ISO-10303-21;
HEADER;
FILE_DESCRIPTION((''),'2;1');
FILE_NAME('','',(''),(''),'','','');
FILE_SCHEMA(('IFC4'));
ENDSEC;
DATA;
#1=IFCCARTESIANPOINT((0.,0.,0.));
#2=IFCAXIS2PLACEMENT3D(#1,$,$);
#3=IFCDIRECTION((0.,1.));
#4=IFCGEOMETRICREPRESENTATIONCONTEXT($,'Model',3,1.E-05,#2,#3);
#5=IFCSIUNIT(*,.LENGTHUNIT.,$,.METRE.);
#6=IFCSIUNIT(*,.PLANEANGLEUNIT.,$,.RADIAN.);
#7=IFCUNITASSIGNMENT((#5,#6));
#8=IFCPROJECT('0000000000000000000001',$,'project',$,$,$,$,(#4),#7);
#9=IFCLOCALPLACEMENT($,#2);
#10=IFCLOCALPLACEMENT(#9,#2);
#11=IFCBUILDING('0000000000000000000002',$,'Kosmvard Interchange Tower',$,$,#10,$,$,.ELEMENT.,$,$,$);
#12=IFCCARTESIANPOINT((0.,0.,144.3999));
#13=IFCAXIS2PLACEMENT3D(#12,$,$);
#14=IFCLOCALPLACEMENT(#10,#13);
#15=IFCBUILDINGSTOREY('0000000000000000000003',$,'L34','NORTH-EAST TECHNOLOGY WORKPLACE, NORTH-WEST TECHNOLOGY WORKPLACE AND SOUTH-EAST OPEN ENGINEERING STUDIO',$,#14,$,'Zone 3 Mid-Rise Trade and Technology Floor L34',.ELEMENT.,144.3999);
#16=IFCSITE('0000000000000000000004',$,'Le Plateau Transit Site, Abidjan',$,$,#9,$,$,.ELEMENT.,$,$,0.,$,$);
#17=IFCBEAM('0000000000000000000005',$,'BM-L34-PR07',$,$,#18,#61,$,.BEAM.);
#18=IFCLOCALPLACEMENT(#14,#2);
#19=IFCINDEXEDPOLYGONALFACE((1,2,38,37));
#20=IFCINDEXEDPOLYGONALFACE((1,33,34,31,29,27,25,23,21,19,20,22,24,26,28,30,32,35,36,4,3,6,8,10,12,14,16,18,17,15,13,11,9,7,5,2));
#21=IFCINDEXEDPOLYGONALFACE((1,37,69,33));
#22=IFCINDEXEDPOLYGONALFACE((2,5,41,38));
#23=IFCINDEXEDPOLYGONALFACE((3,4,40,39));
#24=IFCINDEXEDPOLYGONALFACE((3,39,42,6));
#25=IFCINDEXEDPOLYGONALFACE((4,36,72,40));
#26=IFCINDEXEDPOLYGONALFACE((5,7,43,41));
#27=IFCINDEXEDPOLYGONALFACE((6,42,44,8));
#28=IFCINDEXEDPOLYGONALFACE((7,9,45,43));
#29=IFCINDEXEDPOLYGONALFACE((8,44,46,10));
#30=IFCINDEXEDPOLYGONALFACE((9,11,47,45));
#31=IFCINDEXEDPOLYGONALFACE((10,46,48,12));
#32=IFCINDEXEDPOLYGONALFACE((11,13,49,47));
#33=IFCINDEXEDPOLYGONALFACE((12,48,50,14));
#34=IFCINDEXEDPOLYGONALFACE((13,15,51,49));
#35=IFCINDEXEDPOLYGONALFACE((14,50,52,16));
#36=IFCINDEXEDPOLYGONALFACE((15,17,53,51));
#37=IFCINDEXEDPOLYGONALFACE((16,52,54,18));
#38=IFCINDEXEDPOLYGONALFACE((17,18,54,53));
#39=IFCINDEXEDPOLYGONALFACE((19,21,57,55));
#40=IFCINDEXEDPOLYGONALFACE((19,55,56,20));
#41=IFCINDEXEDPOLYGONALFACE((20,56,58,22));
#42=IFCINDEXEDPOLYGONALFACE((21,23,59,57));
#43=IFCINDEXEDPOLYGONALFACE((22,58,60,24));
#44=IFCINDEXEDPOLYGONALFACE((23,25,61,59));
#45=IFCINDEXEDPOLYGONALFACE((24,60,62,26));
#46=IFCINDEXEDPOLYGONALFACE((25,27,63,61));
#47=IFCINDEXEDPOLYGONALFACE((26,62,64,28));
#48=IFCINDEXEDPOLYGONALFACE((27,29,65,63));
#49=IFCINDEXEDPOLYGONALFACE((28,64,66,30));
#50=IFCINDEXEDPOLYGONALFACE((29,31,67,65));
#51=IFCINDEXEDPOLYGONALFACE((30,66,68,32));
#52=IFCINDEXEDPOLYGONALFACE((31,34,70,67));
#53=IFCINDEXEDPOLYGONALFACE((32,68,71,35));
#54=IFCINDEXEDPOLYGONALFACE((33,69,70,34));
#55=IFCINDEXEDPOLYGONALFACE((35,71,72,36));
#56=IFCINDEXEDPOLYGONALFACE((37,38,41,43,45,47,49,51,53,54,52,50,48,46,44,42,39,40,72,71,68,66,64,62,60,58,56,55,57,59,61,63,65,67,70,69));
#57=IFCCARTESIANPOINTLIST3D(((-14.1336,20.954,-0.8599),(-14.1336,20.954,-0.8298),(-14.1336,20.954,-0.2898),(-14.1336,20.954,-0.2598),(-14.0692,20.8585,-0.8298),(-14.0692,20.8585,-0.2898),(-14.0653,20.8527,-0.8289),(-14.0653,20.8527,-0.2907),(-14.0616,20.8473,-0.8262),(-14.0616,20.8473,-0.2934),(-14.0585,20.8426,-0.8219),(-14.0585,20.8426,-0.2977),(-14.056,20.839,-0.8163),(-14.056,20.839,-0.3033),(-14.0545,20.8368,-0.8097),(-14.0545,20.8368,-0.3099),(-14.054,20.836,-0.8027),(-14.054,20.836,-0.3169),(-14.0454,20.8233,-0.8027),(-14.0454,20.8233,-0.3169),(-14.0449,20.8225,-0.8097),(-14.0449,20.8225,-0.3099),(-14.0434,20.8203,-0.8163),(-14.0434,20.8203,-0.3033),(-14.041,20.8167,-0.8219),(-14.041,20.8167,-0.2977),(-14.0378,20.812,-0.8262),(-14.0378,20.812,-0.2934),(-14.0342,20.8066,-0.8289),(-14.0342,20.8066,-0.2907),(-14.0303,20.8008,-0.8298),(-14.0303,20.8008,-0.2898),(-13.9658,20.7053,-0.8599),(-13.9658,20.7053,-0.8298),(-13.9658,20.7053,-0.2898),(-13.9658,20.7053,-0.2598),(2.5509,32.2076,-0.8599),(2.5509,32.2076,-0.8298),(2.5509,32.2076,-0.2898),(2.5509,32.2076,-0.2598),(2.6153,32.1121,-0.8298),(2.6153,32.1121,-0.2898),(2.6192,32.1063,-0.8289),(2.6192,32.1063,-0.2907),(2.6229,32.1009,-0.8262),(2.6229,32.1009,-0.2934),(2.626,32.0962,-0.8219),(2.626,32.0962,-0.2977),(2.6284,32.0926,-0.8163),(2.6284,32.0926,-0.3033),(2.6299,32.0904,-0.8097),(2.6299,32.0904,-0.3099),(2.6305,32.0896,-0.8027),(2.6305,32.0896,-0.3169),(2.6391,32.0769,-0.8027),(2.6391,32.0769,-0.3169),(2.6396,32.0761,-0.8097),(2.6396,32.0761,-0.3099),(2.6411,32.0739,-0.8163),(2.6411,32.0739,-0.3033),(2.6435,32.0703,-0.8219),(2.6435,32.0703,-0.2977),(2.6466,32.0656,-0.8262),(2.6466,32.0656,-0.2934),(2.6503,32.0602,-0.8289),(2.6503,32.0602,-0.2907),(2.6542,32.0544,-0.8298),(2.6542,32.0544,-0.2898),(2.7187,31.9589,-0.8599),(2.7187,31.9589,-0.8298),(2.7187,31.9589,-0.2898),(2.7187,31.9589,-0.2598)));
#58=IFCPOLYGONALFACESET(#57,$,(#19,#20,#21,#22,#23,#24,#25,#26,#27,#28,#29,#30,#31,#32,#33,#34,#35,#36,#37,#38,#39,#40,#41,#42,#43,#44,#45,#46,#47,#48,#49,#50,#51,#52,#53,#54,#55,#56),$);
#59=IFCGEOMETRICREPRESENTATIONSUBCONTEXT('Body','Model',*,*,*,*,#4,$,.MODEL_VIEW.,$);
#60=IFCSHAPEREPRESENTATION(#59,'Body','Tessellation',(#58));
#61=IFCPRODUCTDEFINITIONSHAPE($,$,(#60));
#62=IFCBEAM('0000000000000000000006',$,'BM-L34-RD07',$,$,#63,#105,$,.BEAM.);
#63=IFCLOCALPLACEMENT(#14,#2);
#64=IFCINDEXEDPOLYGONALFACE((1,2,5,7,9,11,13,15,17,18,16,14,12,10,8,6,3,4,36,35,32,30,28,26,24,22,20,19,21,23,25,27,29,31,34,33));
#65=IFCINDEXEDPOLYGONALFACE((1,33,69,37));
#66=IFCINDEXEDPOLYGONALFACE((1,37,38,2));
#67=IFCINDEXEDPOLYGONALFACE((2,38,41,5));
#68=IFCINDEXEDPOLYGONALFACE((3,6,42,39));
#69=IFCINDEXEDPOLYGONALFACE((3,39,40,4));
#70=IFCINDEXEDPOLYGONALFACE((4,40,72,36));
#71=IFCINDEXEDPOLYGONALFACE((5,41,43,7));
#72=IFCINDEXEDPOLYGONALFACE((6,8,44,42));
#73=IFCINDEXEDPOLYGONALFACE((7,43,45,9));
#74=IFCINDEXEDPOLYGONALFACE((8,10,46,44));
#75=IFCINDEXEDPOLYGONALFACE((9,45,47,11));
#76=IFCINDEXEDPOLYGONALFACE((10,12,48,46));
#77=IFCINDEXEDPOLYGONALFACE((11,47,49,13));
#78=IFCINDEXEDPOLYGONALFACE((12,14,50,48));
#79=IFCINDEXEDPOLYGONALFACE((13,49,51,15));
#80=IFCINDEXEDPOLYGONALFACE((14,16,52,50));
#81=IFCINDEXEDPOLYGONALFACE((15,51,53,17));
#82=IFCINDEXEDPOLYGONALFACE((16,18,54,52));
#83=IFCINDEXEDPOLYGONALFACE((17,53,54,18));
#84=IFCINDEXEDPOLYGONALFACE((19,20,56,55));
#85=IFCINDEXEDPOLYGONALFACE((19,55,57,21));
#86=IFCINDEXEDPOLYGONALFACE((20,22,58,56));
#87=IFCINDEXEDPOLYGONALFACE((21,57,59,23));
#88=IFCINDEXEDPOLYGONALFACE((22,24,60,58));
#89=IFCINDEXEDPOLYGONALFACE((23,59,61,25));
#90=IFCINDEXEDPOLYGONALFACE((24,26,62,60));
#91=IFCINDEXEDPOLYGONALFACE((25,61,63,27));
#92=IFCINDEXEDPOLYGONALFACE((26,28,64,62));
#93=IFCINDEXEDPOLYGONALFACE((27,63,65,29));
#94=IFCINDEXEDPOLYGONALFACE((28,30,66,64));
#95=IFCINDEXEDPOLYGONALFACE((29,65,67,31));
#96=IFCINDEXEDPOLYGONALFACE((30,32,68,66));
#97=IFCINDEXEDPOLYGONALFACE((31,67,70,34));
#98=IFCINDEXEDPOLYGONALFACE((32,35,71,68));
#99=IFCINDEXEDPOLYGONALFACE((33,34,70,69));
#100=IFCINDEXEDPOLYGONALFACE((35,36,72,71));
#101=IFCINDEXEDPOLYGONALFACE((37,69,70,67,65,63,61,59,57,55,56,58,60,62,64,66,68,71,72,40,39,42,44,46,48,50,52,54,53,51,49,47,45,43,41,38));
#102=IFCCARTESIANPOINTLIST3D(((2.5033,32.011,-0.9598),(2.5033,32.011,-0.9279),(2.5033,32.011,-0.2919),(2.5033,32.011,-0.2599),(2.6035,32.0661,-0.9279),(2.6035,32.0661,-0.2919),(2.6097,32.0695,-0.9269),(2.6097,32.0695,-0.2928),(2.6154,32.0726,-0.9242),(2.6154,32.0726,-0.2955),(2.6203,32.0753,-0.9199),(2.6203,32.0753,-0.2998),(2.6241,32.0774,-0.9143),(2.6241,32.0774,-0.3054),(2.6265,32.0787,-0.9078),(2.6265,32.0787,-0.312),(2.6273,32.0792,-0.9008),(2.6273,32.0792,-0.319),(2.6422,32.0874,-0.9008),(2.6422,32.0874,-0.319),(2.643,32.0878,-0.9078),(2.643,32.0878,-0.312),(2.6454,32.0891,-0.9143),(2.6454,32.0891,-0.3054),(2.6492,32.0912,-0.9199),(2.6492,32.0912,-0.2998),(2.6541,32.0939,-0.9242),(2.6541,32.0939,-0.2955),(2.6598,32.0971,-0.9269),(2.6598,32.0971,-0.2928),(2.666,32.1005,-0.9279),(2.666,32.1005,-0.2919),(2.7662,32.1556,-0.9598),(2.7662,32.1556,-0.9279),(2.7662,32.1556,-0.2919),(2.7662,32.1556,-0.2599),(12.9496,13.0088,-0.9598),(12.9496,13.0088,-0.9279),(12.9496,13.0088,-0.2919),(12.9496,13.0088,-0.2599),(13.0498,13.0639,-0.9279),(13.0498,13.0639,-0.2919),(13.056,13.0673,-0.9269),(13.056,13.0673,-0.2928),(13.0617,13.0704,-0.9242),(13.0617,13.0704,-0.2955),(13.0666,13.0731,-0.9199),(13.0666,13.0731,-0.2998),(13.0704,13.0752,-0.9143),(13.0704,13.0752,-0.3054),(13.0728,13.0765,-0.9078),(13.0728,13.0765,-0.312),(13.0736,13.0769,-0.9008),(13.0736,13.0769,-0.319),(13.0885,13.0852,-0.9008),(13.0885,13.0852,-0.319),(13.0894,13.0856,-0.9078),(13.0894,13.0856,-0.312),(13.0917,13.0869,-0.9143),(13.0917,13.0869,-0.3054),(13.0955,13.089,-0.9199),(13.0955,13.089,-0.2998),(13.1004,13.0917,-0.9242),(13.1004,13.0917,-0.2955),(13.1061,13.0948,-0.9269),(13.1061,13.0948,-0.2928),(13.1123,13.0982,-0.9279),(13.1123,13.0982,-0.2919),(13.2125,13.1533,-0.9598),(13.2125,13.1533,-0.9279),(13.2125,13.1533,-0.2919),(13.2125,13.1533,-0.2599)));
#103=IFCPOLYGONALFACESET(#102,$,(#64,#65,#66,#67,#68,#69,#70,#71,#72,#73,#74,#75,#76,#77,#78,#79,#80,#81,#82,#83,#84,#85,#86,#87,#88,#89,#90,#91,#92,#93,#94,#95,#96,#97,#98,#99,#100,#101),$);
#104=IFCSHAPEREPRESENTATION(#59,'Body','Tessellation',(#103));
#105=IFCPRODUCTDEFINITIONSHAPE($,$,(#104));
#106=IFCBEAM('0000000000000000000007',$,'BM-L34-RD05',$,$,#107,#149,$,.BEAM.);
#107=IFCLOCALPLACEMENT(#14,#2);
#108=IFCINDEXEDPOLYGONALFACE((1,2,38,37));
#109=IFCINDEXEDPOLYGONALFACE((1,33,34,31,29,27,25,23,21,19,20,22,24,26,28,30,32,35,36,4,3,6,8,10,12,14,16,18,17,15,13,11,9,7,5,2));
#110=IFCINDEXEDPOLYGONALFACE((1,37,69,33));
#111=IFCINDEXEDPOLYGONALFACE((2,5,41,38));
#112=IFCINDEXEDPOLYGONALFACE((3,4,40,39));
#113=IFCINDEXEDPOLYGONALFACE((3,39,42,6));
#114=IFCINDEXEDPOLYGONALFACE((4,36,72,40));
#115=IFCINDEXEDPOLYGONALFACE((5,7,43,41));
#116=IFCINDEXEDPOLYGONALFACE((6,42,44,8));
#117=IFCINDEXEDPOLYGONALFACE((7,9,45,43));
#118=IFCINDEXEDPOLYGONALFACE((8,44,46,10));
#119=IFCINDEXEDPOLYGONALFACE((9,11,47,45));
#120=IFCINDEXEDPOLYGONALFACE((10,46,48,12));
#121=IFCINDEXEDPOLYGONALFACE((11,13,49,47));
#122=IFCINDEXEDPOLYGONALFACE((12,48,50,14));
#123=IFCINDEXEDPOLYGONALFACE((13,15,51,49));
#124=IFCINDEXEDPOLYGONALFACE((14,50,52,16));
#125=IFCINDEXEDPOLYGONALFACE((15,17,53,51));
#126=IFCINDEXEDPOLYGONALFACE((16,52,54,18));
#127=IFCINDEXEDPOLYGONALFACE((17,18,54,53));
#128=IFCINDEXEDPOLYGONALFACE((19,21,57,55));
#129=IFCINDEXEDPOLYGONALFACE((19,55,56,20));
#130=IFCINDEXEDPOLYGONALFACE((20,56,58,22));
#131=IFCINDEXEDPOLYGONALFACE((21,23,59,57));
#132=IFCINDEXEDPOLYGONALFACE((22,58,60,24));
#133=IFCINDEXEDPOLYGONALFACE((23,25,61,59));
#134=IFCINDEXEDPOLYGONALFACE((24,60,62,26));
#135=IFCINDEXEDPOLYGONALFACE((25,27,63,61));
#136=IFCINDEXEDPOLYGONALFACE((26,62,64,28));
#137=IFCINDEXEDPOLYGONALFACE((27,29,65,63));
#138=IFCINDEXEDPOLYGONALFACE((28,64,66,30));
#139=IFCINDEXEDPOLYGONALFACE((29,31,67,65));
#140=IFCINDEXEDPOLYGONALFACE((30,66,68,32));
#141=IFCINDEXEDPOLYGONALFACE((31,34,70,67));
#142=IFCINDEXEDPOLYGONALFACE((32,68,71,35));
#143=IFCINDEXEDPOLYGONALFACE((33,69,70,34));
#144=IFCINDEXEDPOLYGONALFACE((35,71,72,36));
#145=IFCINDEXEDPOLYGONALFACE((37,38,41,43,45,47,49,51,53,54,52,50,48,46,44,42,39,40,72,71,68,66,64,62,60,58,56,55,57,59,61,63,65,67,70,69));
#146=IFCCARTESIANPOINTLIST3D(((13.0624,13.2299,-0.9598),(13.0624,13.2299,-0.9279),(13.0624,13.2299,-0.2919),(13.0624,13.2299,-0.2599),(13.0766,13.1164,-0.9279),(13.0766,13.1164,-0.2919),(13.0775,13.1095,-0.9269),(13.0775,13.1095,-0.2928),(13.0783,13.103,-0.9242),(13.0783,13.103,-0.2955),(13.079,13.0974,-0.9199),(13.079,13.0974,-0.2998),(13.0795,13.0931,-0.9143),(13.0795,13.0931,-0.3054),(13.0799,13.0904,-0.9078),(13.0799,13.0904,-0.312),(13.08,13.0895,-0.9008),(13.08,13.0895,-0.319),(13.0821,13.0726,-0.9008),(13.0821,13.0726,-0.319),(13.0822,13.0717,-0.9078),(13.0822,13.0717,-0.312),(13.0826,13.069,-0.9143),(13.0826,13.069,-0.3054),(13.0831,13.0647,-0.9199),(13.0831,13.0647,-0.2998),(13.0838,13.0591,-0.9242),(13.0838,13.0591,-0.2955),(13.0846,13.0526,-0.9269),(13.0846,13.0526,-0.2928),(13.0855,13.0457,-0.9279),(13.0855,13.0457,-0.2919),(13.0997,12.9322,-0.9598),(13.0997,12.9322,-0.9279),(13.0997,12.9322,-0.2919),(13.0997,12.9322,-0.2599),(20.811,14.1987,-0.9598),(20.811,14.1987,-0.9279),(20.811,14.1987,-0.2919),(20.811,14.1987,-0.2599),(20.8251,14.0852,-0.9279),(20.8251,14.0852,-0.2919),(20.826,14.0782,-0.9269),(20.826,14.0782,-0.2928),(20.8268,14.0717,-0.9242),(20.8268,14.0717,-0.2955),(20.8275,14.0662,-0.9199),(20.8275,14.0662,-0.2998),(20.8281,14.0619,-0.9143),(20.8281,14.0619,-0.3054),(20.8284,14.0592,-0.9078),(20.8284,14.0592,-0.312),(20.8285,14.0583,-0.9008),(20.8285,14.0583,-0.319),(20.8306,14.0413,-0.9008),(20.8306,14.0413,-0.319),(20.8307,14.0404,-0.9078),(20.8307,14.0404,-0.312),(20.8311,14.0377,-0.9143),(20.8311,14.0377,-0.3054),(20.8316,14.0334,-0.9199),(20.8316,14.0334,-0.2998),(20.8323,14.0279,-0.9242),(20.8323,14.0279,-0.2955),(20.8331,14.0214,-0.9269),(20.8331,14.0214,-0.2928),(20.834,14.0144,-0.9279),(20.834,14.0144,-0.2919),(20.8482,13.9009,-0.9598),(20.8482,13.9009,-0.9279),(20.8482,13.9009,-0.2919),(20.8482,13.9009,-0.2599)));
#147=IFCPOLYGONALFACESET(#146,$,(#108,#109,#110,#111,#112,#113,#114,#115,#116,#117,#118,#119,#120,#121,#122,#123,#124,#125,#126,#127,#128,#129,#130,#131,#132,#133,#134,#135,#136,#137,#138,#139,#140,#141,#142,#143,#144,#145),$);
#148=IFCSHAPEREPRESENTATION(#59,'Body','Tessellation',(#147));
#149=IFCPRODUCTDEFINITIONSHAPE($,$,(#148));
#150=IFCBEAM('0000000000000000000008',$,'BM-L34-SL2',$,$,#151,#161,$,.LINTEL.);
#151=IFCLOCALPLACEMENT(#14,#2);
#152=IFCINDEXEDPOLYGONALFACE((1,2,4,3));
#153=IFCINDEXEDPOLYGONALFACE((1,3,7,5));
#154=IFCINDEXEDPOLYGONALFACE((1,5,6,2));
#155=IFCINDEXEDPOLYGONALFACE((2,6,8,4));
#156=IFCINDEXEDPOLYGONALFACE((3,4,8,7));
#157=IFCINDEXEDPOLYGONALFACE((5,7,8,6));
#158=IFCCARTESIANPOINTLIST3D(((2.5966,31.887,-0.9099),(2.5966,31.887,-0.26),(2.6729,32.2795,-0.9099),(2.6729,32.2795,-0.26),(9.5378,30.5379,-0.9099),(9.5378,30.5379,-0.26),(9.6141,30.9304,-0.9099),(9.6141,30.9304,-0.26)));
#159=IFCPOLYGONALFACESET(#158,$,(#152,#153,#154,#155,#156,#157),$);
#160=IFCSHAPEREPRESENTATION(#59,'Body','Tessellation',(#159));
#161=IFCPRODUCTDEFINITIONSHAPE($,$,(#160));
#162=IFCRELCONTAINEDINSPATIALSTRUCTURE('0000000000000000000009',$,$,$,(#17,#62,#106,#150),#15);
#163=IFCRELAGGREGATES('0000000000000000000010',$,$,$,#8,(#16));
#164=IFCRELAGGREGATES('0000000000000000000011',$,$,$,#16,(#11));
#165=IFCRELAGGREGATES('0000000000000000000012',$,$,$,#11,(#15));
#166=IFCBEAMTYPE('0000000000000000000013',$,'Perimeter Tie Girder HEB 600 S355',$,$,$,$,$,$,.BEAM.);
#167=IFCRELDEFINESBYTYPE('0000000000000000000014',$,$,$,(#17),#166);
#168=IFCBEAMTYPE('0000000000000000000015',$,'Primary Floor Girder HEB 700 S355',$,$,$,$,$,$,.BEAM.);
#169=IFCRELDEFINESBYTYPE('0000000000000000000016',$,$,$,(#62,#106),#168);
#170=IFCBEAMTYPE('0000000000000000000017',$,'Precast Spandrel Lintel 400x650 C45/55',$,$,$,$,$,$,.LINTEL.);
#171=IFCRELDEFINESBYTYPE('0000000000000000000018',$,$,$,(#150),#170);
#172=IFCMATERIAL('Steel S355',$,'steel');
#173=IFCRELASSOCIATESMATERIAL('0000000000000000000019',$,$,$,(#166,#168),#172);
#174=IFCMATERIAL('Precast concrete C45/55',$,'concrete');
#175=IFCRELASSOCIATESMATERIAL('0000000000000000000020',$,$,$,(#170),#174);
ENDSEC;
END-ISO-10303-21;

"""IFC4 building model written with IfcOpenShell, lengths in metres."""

from ifc_helpers import new_model, si_unit, direction, frame, origin, origin_2d, place, context, subcontext, project, spatial, rectangle, i_section, extrude, source, transform, mapped, material, material_profile, profile_set, type_object, element, save


model = new_model("IFC4")

# Units and contexts
model_context = context("Model", 3, precision=1e-05, world=origin(), true_north=direction((0.0, 1.0)))
body_context = subcontext(model_context, "Body", "Model", "MODEL_VIEW")
ifc_project = project(units=[si_unit("LENGTHUNIT", "METRE"), si_unit("PLANEANGLEUNIT", "RADIAN")], contexts=[model_context])

# Site, building, storey
site_placement = place(None, origin())
site = spatial("IfcSite", under=ifc_project, at=site_placement, Name="Le Plateau Transit Site, Abidjan", CompositionType="ELEMENT", RefElevation=0.0)
building_placement = place(site_placement, origin())
building = spatial("IfcBuilding", under=site, at=building_placement, Name="Kosmvard Interchange Tower", CompositionType="ELEMENT")
storey_placement = place(building_placement, frame((0.0, 0.0, 144.3999)))
storey = spatial("IfcBuildingStorey", under=building, at=storey_placement, Name="L34", Description="NORTH-EAST TECHNOLOGY WORKPLACE, NORTH-WEST TECHNOLOGY WORKPLACE AND SOUTH-EAST OPEN ENGINEERING STUDIO", LongName="Zone 3 Mid-Rise Trade and Technology Floor L34", CompositionType="ELEMENT", Elevation=144.3999)

# Beams
ifc_material_1 = material(Name="Steel S355", Category="steel")
ifc_material_profile_1 = material_profile(ifc_material_1, i_section(OverallWidth=0.3, OverallDepth=0.6001, WebThickness=0.0154, FlangeThickness=0.03, FilletRadius=0.0271, at=origin_2d()), Name="HEB 600")
ifc_profile_set_1 = profile_set([ifc_material_profile_1], Name="Steel S355")
beam_type_1 = type_object("IfcBeamType", Name="Perimeter Tie Girder HEB 600 S355", PredefinedType="BEAM", material=ifc_profile_set_1)
shared_shape_1 = source(origin(), body_context, "Body", "SweptSolid", [
    extrude(i_section(OverallWidth=0.3, OverallDepth=0.6001, WebThickness=0.0154, FlangeThickness=0.03, FilletRadius=0.0271, at=origin_2d()), origin(), (0.0, 0.0, 1.0), 20.125),
])
for number, where, z_axis, x_axis, name in (
    (1, (2.6348, 32.0833, -0.5598), (-0.829043, -0.559185, 0.0), (0.559185, -0.829043, 0.0), "BM-L34-PR07"),
):
    element("IfcBeam", number, at=place(storey_placement, frame(where, z_axis=z_axis, x_axis=x_axis)), inside=storey, type_object=beam_type_1, Name=name, PredefinedType="BEAM", context=body_context, shape_type="MappedRepresentation", body=[
        mapped(shared_shape_1, transform((0.0, 0.0, 0.0), scale=1.0)),
    ])
ifc_material_profile_2 = material_profile(ifc_material_1, i_section(OverallWidth=0.3, OverallDepth=0.7, WebThickness=0.0171, FlangeThickness=0.032, FilletRadius=0.0271, at=origin_2d()), Name="HEB 700")
ifc_profile_set_2 = profile_set([ifc_material_profile_2], Name="Steel S355")
beam_type_2 = type_object("IfcBeamType", Name="Primary Floor Girder HEB 700 S355", PredefinedType="BEAM", material=ifc_profile_set_2)
shared_shape_2 = source(origin(), body_context, "Body", "SweptSolid", [
    extrude(i_section(OverallWidth=0.3, OverallDepth=0.7, WebThickness=0.0171, FlangeThickness=0.032, FilletRadius=0.0271, at=origin_2d()), origin(), (0.0, 0.0, 1.0), 21.6843),
])
beam_1_placement = place(storey_placement, frame((13.0811, 13.0811, -0.6099), z_axis=(-0.481745, 0.876312, 0.0), x_axis=(-0.876312, -0.481745, 0.0)))
element("IfcBeam", 2, at=beam_1_placement, inside=storey, type_object=beam_type_2, Name="BM-L34-RD07", PredefinedType="BEAM", context=body_context, shape_type="MappedRepresentation", body=[
    mapped(shared_shape_2, transform((0.0, 0.0, 0.0), scale=1.0)),
])
shared_shape_3 = source(origin(), body_context, "Body", "SweptSolid", [
    extrude(i_section(OverallWidth=0.3, OverallDepth=0.7, WebThickness=0.0171, FlangeThickness=0.032, FilletRadius=0.0271, at=origin_2d()), origin(), (0.0, 0.0, 1.0), 7.8088),
])
beam_2_placement = place(storey_placement, frame((13.0811, 13.0811, -0.6099), z_axis=(0.992275, 0.124058, 0.0), x_axis=(-0.124058, 0.992275, 0.0)))
element("IfcBeam", 3, at=beam_2_placement, inside=storey, type_object=beam_type_2, Name="BM-L34-RD05", PredefinedType="BEAM", context=body_context, shape_type="MappedRepresentation", body=[
    mapped(shared_shape_3, transform((0.0, 0.0, 0.0), scale=1.0)),
])
ifc_material_2 = material(Name="Precast concrete C45/55", Category="concrete")
ifc_material_profile_3 = material_profile(ifc_material_2, rectangle(XDim=0.3999, YDim=0.6499, at=origin_2d()), Name="SL 400x650")
ifc_profile_set_3 = profile_set([ifc_material_profile_3], Name="Precast concrete C45/55")
beam_type_3 = type_object("IfcBeamType", Name="Precast Spandrel Lintel 400x650 C45/55", PredefinedType="LINTEL", material=ifc_profile_set_3)
shared_shape_4 = source(origin(), body_context, "Body", "SweptSolid", [
    extrude(rectangle(XDim=0.3999, YDim=0.6499, at=origin_2d()), origin(), (0.0, 0.0, 1.0), 7.071),
])
beam_3_placement = place(storey_placement, frame((9.5759, 30.7341, -0.585), z_axis=(-0.98163, 0.190795, 0.0), x_axis=(-0.190795, -0.98163, 0.0)))
element("IfcBeam", 4, at=beam_3_placement, inside=storey, type_object=beam_type_3, Name="BM-L34-SL2", PredefinedType="LINTEL", context=body_context, shape_type="MappedRepresentation", body=[
    mapped(shared_shape_4, transform((0.0, 0.0, 0.0), scale=1.0)),
])

save(model, "model.ifc")
